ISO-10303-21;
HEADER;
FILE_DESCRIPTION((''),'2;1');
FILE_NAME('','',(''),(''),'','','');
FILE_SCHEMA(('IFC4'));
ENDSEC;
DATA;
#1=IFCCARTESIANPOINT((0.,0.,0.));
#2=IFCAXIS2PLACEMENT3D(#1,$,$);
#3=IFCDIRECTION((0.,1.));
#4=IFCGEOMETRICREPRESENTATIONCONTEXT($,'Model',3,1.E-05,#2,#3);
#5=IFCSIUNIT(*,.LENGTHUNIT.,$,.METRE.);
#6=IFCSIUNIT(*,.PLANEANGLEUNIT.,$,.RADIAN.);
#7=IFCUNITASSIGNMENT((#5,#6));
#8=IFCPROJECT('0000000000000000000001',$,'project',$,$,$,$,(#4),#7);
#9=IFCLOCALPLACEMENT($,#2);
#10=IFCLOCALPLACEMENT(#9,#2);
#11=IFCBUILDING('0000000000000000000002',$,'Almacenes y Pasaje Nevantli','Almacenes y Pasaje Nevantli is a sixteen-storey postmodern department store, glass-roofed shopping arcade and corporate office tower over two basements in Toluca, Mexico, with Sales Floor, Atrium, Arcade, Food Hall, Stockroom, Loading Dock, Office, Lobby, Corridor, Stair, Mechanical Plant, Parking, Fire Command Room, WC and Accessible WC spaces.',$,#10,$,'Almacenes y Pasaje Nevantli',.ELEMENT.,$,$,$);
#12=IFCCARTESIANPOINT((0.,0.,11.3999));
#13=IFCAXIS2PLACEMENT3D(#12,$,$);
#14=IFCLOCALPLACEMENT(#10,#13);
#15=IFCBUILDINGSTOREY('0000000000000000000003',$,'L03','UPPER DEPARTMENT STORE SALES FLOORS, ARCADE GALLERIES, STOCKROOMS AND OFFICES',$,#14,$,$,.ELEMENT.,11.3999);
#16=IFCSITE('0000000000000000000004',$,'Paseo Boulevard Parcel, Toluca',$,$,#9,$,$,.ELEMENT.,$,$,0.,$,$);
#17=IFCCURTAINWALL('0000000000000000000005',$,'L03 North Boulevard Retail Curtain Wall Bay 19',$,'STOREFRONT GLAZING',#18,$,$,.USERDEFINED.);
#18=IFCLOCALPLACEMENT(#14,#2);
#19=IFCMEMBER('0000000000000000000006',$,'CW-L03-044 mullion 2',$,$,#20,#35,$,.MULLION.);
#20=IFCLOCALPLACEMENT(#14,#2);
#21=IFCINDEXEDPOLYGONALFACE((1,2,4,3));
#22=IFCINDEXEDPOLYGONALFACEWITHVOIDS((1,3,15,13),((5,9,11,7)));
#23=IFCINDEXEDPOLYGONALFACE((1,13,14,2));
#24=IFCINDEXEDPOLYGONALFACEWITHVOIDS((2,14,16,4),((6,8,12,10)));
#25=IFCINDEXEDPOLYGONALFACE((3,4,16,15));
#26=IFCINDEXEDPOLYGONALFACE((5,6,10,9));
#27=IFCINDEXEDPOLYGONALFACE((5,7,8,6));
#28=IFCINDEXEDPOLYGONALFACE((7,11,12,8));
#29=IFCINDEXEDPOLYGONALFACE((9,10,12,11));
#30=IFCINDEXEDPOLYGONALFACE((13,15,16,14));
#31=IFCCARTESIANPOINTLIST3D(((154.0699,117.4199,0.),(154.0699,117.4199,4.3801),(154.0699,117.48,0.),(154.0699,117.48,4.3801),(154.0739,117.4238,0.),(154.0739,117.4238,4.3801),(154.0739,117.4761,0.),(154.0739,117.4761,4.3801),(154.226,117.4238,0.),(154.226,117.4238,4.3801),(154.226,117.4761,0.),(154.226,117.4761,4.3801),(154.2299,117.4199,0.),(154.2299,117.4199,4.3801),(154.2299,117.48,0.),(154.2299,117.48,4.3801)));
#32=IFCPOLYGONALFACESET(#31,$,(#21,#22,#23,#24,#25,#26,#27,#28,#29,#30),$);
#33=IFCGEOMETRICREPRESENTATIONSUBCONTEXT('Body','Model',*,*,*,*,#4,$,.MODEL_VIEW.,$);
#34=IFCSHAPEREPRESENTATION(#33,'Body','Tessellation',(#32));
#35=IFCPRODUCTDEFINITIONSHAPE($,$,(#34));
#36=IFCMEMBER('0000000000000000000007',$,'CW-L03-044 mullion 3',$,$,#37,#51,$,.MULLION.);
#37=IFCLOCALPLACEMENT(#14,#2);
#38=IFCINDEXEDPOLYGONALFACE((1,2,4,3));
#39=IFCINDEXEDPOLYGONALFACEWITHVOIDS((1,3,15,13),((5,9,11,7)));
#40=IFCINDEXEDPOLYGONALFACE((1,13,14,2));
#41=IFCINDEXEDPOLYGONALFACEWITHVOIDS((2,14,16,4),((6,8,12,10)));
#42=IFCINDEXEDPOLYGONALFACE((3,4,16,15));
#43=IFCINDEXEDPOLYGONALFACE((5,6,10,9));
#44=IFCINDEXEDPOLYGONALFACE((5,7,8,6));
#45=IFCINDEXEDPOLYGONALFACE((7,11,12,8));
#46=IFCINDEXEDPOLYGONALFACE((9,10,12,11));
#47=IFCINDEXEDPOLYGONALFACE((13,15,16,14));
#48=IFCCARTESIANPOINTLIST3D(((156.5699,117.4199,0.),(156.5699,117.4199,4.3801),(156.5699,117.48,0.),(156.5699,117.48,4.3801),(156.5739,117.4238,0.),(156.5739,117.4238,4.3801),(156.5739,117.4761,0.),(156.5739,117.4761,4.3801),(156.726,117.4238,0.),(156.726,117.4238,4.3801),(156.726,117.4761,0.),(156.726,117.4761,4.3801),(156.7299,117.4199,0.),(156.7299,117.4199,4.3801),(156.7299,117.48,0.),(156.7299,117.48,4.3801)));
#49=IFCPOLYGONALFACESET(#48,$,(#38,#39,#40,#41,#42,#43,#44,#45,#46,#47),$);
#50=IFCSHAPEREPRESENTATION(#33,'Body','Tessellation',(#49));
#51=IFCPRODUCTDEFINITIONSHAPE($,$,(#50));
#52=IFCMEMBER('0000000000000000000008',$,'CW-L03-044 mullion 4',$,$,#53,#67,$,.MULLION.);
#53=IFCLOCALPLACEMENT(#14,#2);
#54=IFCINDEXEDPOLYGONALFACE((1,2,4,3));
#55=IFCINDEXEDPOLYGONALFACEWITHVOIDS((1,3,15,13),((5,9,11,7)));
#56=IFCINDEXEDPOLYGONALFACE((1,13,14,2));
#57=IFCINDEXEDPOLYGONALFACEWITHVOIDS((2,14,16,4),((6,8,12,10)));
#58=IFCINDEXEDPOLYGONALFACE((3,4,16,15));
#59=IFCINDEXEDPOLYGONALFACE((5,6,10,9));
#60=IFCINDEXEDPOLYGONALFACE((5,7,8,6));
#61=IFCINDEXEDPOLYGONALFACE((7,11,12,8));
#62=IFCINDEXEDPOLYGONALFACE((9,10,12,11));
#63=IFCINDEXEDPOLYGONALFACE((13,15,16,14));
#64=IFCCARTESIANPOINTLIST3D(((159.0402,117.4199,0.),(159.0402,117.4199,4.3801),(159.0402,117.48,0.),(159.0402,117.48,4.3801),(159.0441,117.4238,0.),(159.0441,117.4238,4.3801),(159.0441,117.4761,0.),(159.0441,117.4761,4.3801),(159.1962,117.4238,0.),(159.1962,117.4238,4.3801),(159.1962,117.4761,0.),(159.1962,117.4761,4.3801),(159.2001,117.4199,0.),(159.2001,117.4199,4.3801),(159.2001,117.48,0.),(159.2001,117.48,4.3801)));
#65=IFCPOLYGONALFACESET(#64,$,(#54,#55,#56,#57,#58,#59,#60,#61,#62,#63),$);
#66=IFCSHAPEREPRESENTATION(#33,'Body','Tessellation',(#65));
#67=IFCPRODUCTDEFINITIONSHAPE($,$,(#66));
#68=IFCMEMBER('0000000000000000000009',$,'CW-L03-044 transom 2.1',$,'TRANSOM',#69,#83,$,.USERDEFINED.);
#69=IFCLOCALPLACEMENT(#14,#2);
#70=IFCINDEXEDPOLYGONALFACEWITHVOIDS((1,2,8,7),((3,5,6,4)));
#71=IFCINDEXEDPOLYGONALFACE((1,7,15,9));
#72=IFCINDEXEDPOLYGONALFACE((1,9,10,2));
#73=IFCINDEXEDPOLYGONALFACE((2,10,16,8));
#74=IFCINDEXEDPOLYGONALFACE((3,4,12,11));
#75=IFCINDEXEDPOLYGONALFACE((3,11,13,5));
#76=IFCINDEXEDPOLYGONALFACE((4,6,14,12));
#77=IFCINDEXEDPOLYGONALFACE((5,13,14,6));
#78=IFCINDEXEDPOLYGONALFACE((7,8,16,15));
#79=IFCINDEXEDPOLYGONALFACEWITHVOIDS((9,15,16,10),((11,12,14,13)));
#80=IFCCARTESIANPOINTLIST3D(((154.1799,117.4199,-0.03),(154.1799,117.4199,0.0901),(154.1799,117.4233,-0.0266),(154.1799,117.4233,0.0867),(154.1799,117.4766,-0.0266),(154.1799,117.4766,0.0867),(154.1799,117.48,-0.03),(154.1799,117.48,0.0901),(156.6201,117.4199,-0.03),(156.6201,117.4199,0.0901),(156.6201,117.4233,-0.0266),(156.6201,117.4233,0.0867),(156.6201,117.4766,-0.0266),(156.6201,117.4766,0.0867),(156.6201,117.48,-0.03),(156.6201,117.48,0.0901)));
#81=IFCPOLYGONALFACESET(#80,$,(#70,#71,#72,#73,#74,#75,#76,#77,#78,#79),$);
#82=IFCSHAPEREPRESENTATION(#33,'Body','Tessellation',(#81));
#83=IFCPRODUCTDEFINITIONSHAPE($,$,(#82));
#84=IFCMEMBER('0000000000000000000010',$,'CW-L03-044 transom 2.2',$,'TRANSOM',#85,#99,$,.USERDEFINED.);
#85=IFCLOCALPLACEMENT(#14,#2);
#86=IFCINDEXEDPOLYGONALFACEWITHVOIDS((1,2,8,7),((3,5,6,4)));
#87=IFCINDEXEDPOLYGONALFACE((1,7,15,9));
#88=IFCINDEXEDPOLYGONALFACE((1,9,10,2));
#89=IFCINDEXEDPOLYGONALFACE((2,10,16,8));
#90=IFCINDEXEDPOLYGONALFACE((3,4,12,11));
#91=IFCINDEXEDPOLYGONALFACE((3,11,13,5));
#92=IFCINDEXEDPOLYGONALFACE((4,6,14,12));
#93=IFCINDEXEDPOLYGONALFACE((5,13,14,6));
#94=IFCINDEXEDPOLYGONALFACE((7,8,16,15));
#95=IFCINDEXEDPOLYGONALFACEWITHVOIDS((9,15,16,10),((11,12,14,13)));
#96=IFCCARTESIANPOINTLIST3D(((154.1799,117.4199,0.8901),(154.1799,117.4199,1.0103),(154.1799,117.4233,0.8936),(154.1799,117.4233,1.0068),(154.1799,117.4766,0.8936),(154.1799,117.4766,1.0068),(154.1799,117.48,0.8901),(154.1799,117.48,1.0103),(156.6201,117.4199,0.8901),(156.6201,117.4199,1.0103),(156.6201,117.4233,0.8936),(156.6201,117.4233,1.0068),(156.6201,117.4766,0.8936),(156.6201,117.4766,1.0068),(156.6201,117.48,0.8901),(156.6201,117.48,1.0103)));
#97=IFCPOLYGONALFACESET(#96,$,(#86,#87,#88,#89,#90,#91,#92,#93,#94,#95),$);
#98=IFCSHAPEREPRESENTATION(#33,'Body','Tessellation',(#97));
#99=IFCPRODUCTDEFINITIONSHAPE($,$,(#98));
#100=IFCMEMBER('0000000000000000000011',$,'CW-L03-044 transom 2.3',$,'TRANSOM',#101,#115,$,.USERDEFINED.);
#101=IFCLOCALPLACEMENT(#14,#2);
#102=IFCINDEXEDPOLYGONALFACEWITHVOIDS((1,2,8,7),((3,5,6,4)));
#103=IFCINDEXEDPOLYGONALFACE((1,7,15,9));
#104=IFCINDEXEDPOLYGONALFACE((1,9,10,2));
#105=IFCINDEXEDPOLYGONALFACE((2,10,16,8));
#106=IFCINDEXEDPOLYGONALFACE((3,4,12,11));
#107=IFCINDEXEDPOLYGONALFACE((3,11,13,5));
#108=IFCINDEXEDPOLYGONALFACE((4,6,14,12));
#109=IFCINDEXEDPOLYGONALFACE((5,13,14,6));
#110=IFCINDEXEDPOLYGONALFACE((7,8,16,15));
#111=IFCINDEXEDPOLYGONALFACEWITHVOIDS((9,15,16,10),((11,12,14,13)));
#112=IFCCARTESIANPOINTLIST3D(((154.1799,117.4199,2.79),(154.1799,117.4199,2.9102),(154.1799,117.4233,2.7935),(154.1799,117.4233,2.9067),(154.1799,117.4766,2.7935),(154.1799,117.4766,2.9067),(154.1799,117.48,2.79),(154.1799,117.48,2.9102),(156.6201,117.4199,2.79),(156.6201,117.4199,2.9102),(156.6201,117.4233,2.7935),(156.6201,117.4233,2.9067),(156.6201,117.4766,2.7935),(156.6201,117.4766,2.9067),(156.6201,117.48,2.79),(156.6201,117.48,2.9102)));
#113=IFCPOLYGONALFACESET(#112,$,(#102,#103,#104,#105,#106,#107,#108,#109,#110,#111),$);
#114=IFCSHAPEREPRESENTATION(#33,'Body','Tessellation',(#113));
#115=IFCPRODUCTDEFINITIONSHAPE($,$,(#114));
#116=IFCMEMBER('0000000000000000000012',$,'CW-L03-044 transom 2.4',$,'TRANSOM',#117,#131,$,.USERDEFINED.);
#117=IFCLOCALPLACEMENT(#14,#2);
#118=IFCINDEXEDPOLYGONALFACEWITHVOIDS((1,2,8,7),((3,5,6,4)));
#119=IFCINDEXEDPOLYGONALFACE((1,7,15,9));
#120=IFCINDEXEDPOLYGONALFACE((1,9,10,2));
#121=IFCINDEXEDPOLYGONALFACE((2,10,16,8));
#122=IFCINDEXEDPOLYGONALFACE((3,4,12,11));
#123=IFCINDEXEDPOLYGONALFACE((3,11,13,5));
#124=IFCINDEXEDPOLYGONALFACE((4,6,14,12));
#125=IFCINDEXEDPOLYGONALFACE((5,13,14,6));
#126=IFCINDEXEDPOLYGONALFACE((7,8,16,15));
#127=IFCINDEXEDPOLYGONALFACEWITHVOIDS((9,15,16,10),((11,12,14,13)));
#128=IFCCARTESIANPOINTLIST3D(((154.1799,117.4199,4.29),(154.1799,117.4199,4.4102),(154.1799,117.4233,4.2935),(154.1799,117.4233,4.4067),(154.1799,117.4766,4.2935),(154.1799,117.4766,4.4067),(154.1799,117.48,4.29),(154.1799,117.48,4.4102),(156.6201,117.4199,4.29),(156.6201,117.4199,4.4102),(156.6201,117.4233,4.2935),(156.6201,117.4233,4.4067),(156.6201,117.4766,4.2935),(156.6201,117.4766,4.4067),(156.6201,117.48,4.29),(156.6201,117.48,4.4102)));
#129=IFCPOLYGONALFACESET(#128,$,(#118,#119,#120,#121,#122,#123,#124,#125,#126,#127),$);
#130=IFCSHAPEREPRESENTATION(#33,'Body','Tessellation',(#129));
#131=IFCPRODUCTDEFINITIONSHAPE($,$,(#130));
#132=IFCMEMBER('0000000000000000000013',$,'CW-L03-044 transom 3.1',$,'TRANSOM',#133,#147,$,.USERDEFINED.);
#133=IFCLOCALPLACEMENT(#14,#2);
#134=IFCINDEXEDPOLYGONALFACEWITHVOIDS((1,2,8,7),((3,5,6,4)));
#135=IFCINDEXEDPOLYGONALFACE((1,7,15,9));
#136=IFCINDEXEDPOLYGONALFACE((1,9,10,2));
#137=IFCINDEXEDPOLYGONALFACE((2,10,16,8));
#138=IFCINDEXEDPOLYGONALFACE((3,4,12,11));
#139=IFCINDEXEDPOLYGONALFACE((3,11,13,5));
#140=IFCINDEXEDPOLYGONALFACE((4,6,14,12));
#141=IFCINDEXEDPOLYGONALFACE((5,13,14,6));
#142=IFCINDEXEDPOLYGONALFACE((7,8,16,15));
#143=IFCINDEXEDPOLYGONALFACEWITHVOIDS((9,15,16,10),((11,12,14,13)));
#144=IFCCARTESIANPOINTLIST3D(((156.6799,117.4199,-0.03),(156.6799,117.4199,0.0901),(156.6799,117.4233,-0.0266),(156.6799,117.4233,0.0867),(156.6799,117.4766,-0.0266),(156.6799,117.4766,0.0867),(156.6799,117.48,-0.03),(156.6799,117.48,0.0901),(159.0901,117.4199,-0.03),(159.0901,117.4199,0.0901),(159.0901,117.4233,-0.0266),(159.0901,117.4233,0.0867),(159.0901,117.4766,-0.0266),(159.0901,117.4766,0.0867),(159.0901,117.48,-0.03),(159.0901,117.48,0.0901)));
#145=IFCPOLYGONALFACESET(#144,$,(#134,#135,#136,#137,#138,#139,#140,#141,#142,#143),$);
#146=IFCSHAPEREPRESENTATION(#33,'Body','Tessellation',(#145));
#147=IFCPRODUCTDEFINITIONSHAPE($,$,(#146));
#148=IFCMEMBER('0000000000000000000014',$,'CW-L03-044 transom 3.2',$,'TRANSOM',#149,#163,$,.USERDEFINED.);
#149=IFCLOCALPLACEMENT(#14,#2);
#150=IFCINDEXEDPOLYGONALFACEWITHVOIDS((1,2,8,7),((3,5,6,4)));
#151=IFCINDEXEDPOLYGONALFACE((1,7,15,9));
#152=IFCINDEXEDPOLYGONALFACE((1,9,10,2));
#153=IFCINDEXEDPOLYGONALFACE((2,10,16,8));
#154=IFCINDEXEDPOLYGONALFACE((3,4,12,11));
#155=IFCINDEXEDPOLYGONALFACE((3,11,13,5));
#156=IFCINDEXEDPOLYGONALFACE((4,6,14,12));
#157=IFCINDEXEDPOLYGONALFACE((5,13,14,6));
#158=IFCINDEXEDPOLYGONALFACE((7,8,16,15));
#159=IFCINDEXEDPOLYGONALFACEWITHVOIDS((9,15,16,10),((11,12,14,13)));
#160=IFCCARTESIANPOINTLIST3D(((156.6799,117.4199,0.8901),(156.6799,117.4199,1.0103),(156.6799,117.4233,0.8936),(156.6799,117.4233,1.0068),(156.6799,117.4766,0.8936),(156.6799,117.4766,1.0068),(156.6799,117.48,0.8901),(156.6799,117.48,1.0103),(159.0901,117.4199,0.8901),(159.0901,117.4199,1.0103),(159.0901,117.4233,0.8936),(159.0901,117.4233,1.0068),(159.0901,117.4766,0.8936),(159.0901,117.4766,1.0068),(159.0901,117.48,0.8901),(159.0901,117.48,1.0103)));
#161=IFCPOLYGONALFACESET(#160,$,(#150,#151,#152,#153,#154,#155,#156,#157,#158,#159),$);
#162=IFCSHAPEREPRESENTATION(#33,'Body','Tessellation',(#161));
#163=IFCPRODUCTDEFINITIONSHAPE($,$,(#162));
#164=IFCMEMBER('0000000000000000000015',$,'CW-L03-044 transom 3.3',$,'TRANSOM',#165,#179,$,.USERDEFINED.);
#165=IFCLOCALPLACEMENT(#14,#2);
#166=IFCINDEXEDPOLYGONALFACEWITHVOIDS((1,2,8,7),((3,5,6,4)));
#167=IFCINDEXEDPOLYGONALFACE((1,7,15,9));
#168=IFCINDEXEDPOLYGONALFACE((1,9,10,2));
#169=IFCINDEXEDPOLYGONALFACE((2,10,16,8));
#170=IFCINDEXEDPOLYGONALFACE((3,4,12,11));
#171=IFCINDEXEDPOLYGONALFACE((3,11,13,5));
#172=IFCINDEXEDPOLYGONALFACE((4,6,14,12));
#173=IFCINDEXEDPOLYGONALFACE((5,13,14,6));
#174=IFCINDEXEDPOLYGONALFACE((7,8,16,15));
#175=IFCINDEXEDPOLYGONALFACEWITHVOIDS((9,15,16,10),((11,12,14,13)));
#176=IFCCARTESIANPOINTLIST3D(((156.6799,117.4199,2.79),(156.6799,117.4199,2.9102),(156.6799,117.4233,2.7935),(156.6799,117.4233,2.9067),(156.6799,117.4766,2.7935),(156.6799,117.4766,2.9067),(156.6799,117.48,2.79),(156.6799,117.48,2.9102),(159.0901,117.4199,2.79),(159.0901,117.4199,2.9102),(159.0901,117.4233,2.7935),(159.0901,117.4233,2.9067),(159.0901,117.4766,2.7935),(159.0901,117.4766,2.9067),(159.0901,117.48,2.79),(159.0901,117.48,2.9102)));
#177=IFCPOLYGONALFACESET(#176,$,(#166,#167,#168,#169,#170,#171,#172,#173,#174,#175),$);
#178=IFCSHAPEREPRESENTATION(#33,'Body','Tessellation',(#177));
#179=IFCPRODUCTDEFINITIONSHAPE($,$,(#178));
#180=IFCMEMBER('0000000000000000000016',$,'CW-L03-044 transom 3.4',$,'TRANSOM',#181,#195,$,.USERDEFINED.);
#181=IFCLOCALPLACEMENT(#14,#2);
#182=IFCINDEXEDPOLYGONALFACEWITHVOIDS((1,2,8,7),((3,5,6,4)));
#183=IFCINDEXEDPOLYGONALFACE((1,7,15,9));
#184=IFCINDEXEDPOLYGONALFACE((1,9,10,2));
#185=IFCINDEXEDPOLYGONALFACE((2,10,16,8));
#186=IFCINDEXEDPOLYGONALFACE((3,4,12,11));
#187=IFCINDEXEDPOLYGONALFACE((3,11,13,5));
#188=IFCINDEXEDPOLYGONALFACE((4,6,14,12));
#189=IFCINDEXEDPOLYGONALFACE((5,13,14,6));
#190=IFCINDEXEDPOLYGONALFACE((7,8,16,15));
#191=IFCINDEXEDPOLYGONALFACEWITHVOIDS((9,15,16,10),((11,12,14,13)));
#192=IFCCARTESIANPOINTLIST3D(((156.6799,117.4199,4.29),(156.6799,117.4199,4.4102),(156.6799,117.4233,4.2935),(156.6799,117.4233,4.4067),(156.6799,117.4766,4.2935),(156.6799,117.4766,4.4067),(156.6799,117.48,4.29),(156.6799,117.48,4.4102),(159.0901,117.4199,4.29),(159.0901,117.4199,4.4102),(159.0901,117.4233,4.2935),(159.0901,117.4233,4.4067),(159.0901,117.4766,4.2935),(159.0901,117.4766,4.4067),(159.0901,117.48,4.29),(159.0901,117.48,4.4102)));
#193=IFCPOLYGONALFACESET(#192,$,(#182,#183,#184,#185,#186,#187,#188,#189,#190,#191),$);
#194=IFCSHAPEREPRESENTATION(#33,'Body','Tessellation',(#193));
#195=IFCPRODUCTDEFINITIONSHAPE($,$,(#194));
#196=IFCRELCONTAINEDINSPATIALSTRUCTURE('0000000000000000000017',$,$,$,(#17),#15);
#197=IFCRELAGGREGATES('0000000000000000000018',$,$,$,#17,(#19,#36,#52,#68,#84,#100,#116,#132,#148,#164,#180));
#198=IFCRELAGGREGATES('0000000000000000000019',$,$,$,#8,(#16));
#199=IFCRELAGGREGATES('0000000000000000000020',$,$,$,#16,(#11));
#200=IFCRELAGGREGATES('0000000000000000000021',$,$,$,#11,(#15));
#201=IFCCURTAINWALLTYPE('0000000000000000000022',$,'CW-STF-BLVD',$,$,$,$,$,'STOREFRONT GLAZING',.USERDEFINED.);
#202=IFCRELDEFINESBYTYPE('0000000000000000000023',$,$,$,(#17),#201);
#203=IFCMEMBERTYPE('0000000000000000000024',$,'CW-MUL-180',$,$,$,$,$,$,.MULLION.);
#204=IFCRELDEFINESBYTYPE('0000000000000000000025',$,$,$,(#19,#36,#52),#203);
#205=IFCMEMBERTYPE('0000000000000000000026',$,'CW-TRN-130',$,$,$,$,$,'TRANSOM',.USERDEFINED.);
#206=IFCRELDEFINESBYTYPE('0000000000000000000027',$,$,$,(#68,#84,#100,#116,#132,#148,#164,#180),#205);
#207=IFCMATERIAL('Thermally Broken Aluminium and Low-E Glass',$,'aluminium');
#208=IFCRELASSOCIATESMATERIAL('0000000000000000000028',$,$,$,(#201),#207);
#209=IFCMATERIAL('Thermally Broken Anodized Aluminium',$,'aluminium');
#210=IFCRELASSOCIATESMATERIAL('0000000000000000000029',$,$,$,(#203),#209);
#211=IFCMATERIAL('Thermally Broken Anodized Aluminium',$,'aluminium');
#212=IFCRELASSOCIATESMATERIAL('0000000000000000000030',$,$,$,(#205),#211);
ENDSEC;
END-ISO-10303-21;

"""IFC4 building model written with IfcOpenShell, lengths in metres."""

from ifc_helpers import new_model, si_unit, direction, frame, origin, origin_2d, place, context, subcontext, project, spatial, hollow_rectangle, extrude, material, material_profile, profile_set, type_object, element, aggregate, save


model = new_model("IFC4")

# Units and contexts
model_context = context("Model", 3, precision=1e-05, world=origin(), true_north=direction((0.0, 1.0)))
body_context = subcontext(model_context, "Body", "Model", "MODEL_VIEW")
ifc_project = project(units=[si_unit("LENGTHUNIT", "METRE"), si_unit("PLANEANGLEUNIT", "RADIAN")], contexts=[model_context])

# Site, building, storey
site_placement = place(None, origin())
site = spatial("IfcSite", under=ifc_project, at=site_placement, Name="Paseo Boulevard Parcel, Toluca", CompositionType="ELEMENT", RefElevation=0.0)
building_placement = place(site_placement, origin())
building = spatial("IfcBuilding", under=site, at=building_placement, Name="Almacenes y Pasaje Nevantli", Description="Almacenes y Pasaje Nevantli is a sixteen-storey postmodern department store, glass-roofed shopping arcade and corporate office tower over two basements in Toluca, Mexico, with Sales Floor, Atrium, Arcade, Food Hall, Stockroom, Loading Dock, Office, Lobby, Corridor, Stair, Mechanical Plant, Parking, Fire Command Room, WC and Accessible WC spaces.", LongName="Almacenes y Pasaje Nevantli", CompositionType="ELEMENT")
storey_placement = place(building_placement, frame((0.0, 0.0, 11.3999)))
storey = spatial("IfcBuildingStorey", under=building, at=storey_placement, Name="L03", Description="UPPER DEPARTMENT STORE SALES FLOORS, ARCADE GALLERIES, STOCKROOMS AND OFFICES", CompositionType="ELEMENT", Elevation=11.3999)

# Curtain wall, members
ifc_material_1 = material(Name="Thermally Broken Aluminium and Low-E Glass", Category="aluminium")
curtain_wall_type_1 = type_object("IfcCurtainWallType", Name="CW-STF-BLVD", ElementType="STOREFRONT GLAZING", PredefinedType="USERDEFINED", material=ifc_material_1)
curtain_wall_1_placement = place(storey_placement, origin())
curtain_wall_1 = element("IfcCurtainWall", 1, at=curtain_wall_1_placement, inside=storey, type_object=curtain_wall_type_1, Name="L03 North Boulevard Retail Curtain Wall Bay 19", ObjectType="STOREFRONT GLAZING", PredefinedType="USERDEFINED")
ifc_material_2 = material(Name="Thermally Broken Anodized Aluminium", Category="aluminium")
ifc_material_profile_1 = material_profile(ifc_material_2, hollow_rectangle(XDim=0.0601, YDim=0.1599, WallThickness=0.0039, at=origin_2d()), Name="ALU-MUL-60x160")
ifc_profile_set_1 = profile_set([ifc_material_profile_1], Name="Thermally Broken Anodized Aluminium")
member_type_1 = type_object("IfcMemberType", Name="CW-MUL-180", PredefinedType="MULLION", material=ifc_profile_set_1)
member_1_placement = place(storey_placement, frame((154.1499, 117.45, 0.0), z_axis=(0.0, 0.0, 1.0), x_axis=(0.0, 1.0, 0.0)))
member_1 = element("IfcMember", 2, at=member_1_placement, type_object=member_type_1, Name="CW-L03-044 mullion 2", PredefinedType="MULLION", context=body_context, shape_type="SweptSolid", body=[
    extrude(hollow_rectangle(XDim=0.0601, YDim=0.1599, WallThickness=0.0039, at=origin_2d()), origin(), (0.0, 0.0, 1.0), 4.3801),
])
member_2_placement = place(storey_placement, frame((156.6499, 117.45, 0.0), z_axis=(0.0, 0.0, 1.0), x_axis=(0.0, 1.0, 0.0)))
member_2 = element("IfcMember", 3, at=member_2_placement, type_object=member_type_1, Name="CW-L03-044 mullion 3", PredefinedType="MULLION", context=body_context, shape_type="SweptSolid", body=[
    extrude(hollow_rectangle(XDim=0.0601, YDim=0.1599, WallThickness=0.0039, at=origin_2d()), origin(), (0.0, 0.0, 1.0), 4.3801),
])
member_3_placement = place(storey_placement, frame((159.1201, 117.45, 0.0), z_axis=(0.0, 0.0, 1.0), x_axis=(0.0, 1.0, 0.0)))
member_3 = element("IfcMember", 4, at=member_3_placement, type_object=member_type_1, Name="CW-L03-044 mullion 4", PredefinedType="MULLION", context=body_context, shape_type="SweptSolid", body=[
    extrude(hollow_rectangle(XDim=0.0601, YDim=0.1599, WallThickness=0.0039, at=origin_2d()), origin(), (0.0, 0.0, 1.0), 4.3801),
])
ifc_material_3 = material(Name="Thermally Broken Anodized Aluminium", Category="aluminium")
ifc_material_profile_2 = material_profile(ifc_material_3, hollow_rectangle(XDim=0.0601, YDim=0.1201, WallThickness=0.0034, at=origin_2d()), Name="ALU-TRN-60x120")
ifc_profile_set_2 = profile_set([ifc_material_profile_2], Name="Thermally Broken Anodized Aluminium")
member_type_2 = type_object("IfcMemberType", Name="CW-TRN-130", ElementType="TRANSOM", PredefinedType="USERDEFINED", material=ifc_profile_set_2)
member_4_placement = place(storey_placement, frame((154.1799, 117.45, 0.03), z_axis=(1.0, 0.0, 0.0), x_axis=(0.0, 1.0, 0.0)))
member_4 = element("IfcMember", 5, at=member_4_placement, type_object=member_type_2, Name="CW-L03-044 transom 2.1", ObjectType="TRANSOM", PredefinedType="USERDEFINED", context=body_context, shape_type="SweptSolid", body=[
    extrude(hollow_rectangle(XDim=0.0601, YDim=0.1201, WallThickness=0.0034, at=origin_2d()), origin(), (0.0, 0.0, 1.0), 2.4402),
])
member_5_placement = place(storey_placement, frame((154.1799, 117.45, 0.9502), z_axis=(1.0, 0.0, 0.0), x_axis=(0.0, 1.0, 0.0)))
member_5 = element("IfcMember", 6, at=member_5_placement, type_object=member_type_2, Name="CW-L03-044 transom 2.2", ObjectType="TRANSOM", PredefinedType="USERDEFINED", context=body_context, shape_type="SweptSolid", body=[
    extrude(hollow_rectangle(XDim=0.0601, YDim=0.1201, WallThickness=0.0034, at=origin_2d()), origin(), (0.0, 0.0, 1.0), 2.4402),
])
member_6_placement = place(storey_placement, frame((154.1799, 117.45, 2.8501), z_axis=(1.0, 0.0, 0.0), x_axis=(0.0, 1.0, 0.0)))
member_6 = element("IfcMember", 7, at=member_6_placement, type_object=member_type_2, Name="CW-L03-044 transom 2.3", ObjectType="TRANSOM", PredefinedType="USERDEFINED", context=body_context, shape_type="SweptSolid", body=[
    extrude(hollow_rectangle(XDim=0.0601, YDim=0.1201, WallThickness=0.0034, at=origin_2d()), origin(), (0.0, 0.0, 1.0), 2.4402),
])
member_7_placement = place(storey_placement, frame((154.1799, 117.45, 4.3501), z_axis=(1.0, 0.0, 0.0), x_axis=(0.0, 1.0, 0.0)))
member_7 = element("IfcMember", 8, at=member_7_placement, type_object=member_type_2, Name="CW-L03-044 transom 2.4", ObjectType="TRANSOM", PredefinedType="USERDEFINED", context=body_context, shape_type="SweptSolid", body=[
    extrude(hollow_rectangle(XDim=0.0601, YDim=0.1201, WallThickness=0.0034, at=origin_2d()), origin(), (0.0, 0.0, 1.0), 2.4402),
])
member_8_placement = place(storey_placement, frame((156.6799, 117.45, 0.03), z_axis=(1.0, 0.0, 0.0), x_axis=(0.0, 1.0, 0.0)))
member_8 = element("IfcMember", 9, at=member_8_placement, type_object=member_type_2, Name="CW-L03-044 transom 3.1", ObjectType="TRANSOM", PredefinedType="USERDEFINED", context=body_context, shape_type="SweptSolid", body=[
    extrude(hollow_rectangle(XDim=0.0601, YDim=0.1201, WallThickness=0.0034, at=origin_2d()), origin(), (0.0, 0.0, 1.0), 2.4102),
])
member_9_placement = place(storey_placement, frame((156.6799, 117.45, 0.9502), z_axis=(1.0, 0.0, 0.0), x_axis=(0.0, 1.0, 0.0)))
member_9 = element("IfcMember", 10, at=member_9_placement, type_object=member_type_2, Name="CW-L03-044 transom 3.2", ObjectType="TRANSOM", PredefinedType="USERDEFINED", context=body_context, shape_type="SweptSolid", body=[
    extrude(hollow_rectangle(XDim=0.0601, YDim=0.1201, WallThickness=0.0034, at=origin_2d()), origin(), (0.0, 0.0, 1.0), 2.4102),
])
member_10_placement = place(storey_placement, frame((156.6799, 117.45, 2.8501), z_axis=(1.0, 0.0, 0.0), x_axis=(0.0, 1.0, 0.0)))
member_10 = element("IfcMember", 11, at=member_10_placement, type_object=member_type_2, Name="CW-L03-044 transom 3.3", ObjectType="TRANSOM", PredefinedType="USERDEFINED", context=body_context, shape_type="SweptSolid", body=[
    extrude(hollow_rectangle(XDim=0.0601, YDim=0.1201, WallThickness=0.0034, at=origin_2d()), origin(), (0.0, 0.0, 1.0), 2.4102),
])
member_11_placement = place(storey_placement, frame((156.6799, 117.45, 4.3501), z_axis=(1.0, 0.0, 0.0), x_axis=(0.0, 1.0, 0.0)))
member_11 = element("IfcMember", 12, at=member_11_placement, type_object=member_type_2, Name="CW-L03-044 transom 3.4", ObjectType="TRANSOM", PredefinedType="USERDEFINED", context=body_context, shape_type="SweptSolid", body=[
    extrude(hollow_rectangle(XDim=0.0601, YDim=0.1201, WallThickness=0.0034, at=origin_2d()), origin(), (0.0, 0.0, 1.0), 2.4102),
])
aggregate(curtain_wall_1, [member_1, member_2, member_3, member_4, member_5, member_6, member_7, member_8, member_9, member_10, member_11])

save(model, "model.ifc")
